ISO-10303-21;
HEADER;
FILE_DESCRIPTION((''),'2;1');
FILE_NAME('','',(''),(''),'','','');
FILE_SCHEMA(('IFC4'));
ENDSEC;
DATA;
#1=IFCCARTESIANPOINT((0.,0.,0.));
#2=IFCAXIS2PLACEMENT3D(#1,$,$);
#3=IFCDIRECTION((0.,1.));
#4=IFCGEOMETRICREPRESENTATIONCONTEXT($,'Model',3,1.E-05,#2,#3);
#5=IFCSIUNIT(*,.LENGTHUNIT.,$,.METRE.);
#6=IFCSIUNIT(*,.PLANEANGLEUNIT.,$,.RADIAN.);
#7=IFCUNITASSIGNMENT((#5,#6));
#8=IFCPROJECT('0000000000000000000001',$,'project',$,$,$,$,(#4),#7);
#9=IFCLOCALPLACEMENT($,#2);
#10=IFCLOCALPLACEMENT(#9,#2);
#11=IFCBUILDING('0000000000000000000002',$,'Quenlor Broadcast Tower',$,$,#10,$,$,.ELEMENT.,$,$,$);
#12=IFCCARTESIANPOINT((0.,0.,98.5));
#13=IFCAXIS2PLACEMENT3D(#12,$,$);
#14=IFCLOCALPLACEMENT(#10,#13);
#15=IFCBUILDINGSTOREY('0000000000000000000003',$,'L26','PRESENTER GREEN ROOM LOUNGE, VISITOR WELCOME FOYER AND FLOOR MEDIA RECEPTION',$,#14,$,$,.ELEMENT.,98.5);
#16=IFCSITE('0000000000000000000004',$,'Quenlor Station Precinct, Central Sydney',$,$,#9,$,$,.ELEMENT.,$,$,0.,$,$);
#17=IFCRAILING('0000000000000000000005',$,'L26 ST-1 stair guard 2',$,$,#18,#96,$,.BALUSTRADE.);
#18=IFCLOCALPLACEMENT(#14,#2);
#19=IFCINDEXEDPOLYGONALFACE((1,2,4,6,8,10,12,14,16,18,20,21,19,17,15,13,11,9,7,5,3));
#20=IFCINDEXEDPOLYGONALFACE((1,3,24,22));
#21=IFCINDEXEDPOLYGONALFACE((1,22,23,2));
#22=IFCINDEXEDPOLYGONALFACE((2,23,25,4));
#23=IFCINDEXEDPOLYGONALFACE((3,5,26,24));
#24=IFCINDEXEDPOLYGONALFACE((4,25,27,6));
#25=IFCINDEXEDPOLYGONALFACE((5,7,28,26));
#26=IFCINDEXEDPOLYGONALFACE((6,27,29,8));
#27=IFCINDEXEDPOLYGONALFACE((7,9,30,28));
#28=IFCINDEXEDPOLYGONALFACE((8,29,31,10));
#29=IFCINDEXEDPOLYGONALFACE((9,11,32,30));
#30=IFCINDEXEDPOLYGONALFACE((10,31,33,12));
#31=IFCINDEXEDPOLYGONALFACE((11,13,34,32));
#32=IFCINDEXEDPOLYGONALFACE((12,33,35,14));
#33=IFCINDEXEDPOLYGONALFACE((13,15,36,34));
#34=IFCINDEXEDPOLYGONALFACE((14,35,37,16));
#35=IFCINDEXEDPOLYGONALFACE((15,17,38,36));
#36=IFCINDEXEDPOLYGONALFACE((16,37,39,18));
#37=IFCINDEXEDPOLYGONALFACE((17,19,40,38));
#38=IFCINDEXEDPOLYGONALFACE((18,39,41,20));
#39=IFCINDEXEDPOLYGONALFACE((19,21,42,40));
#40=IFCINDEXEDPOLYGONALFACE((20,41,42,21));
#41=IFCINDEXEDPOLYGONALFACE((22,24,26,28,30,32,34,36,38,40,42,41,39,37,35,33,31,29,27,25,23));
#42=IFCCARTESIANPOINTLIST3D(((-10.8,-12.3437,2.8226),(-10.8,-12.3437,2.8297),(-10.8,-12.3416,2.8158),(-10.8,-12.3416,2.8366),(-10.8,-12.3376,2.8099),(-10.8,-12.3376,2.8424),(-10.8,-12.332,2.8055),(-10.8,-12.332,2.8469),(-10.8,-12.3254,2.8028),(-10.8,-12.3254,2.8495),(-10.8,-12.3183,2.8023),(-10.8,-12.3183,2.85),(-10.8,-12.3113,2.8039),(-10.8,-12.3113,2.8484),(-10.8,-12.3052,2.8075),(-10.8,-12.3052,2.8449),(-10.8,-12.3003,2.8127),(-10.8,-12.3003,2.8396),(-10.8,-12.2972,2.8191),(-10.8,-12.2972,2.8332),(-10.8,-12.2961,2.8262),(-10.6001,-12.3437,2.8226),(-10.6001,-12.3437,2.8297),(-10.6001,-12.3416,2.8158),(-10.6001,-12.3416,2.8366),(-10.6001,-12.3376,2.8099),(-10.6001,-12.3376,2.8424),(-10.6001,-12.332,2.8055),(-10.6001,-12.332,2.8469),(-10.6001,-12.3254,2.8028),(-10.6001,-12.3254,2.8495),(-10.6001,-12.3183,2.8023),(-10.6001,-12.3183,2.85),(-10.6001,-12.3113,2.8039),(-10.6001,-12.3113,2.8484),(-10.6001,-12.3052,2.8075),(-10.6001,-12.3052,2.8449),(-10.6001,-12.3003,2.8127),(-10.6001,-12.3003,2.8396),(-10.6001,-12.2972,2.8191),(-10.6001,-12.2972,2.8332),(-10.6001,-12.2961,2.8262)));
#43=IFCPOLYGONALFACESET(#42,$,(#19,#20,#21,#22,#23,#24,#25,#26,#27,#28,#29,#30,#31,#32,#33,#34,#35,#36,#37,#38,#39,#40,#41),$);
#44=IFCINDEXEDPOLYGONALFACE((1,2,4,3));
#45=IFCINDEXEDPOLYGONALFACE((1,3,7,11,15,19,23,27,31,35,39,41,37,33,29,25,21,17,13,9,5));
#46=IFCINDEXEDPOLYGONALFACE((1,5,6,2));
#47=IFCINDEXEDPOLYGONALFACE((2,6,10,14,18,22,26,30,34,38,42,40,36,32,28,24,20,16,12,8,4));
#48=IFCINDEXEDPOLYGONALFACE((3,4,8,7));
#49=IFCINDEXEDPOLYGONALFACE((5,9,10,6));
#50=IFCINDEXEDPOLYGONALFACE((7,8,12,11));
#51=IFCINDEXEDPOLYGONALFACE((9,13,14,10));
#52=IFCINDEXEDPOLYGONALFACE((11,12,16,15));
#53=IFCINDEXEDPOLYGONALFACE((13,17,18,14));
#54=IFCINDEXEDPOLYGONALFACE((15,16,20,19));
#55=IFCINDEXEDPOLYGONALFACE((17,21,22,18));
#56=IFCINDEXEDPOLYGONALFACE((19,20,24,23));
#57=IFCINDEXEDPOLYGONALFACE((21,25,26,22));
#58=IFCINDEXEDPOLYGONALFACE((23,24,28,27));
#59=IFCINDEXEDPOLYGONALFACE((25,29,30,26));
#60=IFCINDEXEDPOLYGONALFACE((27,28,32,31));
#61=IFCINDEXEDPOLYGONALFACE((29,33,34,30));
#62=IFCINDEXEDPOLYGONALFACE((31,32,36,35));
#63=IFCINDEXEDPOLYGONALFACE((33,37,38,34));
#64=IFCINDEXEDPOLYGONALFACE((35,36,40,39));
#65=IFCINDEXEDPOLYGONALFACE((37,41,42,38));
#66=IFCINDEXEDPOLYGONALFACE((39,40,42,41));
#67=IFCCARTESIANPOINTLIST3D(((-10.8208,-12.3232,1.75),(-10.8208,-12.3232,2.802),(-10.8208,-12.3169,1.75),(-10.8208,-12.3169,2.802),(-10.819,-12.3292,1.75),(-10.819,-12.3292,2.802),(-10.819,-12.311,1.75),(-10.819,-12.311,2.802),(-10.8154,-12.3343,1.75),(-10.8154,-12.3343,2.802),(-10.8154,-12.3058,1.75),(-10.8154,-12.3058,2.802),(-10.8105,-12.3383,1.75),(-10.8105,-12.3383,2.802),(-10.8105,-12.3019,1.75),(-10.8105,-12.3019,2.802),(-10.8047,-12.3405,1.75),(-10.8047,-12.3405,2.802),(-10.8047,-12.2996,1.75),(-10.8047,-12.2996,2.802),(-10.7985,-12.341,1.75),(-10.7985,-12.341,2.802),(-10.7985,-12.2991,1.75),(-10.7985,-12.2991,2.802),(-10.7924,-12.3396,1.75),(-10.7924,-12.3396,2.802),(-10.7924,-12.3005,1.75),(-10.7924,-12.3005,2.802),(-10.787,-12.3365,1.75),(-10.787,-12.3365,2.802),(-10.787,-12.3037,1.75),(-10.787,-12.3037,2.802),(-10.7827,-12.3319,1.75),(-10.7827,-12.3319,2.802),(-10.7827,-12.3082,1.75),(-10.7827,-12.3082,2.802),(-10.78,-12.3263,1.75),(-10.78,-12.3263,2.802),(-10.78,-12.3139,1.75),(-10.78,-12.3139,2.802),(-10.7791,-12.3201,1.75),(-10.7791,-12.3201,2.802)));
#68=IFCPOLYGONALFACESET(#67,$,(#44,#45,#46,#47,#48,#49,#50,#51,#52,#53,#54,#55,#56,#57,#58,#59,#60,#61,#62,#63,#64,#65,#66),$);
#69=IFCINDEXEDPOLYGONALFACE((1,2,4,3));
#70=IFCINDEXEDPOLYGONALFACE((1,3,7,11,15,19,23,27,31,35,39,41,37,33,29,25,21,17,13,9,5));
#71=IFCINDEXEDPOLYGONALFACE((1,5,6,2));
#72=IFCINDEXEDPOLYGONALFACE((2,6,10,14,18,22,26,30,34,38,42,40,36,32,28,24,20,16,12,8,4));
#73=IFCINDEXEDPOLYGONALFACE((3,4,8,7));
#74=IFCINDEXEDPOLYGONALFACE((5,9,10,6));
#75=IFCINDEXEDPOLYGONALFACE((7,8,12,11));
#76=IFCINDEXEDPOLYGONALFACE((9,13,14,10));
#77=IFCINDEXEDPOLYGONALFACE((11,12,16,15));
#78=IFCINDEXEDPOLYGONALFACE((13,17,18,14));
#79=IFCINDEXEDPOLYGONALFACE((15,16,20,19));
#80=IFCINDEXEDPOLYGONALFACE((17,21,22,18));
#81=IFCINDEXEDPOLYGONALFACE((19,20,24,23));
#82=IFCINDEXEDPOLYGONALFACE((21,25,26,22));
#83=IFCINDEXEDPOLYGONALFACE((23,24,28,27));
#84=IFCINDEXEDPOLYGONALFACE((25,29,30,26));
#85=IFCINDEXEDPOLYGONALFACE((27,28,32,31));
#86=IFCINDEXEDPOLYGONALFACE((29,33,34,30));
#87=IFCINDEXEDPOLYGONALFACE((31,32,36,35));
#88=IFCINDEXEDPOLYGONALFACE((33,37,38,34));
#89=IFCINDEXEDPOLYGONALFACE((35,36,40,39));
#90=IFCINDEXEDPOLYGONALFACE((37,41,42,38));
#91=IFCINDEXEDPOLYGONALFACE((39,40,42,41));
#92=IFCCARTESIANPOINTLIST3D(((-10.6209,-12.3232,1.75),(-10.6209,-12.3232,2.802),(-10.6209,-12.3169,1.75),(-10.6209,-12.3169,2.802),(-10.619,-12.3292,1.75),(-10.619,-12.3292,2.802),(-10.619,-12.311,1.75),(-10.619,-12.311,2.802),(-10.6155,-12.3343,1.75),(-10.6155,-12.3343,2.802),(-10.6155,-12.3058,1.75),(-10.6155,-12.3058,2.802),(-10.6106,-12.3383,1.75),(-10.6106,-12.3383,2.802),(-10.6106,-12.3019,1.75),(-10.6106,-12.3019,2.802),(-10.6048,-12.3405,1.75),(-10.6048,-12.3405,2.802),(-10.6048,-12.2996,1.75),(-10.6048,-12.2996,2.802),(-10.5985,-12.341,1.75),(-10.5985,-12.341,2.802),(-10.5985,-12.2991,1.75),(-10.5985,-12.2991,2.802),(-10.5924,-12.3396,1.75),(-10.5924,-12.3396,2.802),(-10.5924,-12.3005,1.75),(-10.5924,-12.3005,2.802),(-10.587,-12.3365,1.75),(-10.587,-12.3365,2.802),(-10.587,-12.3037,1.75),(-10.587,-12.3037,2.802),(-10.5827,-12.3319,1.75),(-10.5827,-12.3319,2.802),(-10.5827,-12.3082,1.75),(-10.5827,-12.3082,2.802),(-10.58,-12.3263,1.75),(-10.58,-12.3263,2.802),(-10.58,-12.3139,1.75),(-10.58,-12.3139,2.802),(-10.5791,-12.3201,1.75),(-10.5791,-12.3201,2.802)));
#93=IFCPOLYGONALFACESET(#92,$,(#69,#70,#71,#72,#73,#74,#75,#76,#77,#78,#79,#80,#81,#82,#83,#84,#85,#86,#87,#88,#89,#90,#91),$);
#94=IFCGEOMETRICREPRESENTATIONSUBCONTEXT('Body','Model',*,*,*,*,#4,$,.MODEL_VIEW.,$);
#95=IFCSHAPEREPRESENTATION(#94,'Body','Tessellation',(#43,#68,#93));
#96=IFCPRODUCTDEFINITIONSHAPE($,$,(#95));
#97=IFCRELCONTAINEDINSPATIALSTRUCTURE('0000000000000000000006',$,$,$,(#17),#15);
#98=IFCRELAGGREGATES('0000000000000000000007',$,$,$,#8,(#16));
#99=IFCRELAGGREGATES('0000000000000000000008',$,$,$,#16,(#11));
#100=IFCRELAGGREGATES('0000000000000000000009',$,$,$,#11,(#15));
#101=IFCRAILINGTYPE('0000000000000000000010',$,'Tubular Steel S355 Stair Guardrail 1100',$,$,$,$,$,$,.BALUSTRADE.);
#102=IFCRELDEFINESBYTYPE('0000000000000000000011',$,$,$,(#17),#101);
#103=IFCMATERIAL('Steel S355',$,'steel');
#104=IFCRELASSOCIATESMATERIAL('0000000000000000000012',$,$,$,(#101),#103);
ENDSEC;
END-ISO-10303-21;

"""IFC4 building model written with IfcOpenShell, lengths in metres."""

from ifc_helpers import new_model, si_unit, direction, frame, origin, origin_2d, place, context, subcontext, project, spatial, circle, extrude, material, type_object, element, save


model = new_model("IFC4")

# Units and contexts
model_context = context("Model", 3, precision=1e-05, world=origin(), true_north=direction((0.0, 1.0)))
body_context = subcontext(model_context, "Body", "Model", "MODEL_VIEW")
ifc_project = project(units=[si_unit("LENGTHUNIT", "METRE"), si_unit("PLANEANGLEUNIT", "RADIAN")], contexts=[model_context])

# Site, building, storey
site_placement = place(None, origin())
site = spatial("IfcSite", under=ifc_project, at=site_placement, Name="Quenlor Station Precinct, Central Sydney", CompositionType="ELEMENT", RefElevation=0.0)
building_placement = place(site_placement, origin())
building = spatial("IfcBuilding", under=site, at=building_placement, Name="Quenlor Broadcast Tower", CompositionType="ELEMENT")
storey_placement = place(building_placement, frame((0.0, 0.0, 98.5)))
storey = spatial("IfcBuildingStorey", under=building, at=storey_placement, Name="L26", Description="PRESENTER GREEN ROOM LOUNGE, VISITOR WELCOME FOYER AND FLOOR MEDIA RECEPTION", CompositionType="ELEMENT", Elevation=98.5)

# Railing
ifc_material_1 = material(Name="Steel S355", Category="steel")
railing_type_1 = type_object("IfcRailingType", Name="Tubular Steel S355 Stair Guardrail 1100", PredefinedType="BALUSTRADE", material=ifc_material_1)
railing_1_placement = place(storey_placement, frame((-10.8, -12.3201, 1.75)))
element("IfcRailing", 1, at=railing_1_placement, inside=storey, type_object=railing_type_1, Name="L26 ST-1 stair guard 2", PredefinedType="BALUSTRADE", context=body_context, shape_type="SweptSolid", body=[
    extrude(circle(Radius=0.0239, at=origin_2d()), frame((0.0, 0.0, 1.0762), z_axis=(1.0, 0.0, 0.0), x_axis=(0.0, 1.0, 0.0)), (0.0, 0.0, 1.0), 0.2),
    extrude(circle(Radius=0.021, at=origin_2d()), origin(), (0.0, 0.0, 1.0), 1.052),
    extrude(circle(Radius=0.021, at=origin_2d()), frame((0.2, 0.0, 0.0)), (0.0, 0.0, 1.0), 1.052),
])

save(model, "model.ifc")
